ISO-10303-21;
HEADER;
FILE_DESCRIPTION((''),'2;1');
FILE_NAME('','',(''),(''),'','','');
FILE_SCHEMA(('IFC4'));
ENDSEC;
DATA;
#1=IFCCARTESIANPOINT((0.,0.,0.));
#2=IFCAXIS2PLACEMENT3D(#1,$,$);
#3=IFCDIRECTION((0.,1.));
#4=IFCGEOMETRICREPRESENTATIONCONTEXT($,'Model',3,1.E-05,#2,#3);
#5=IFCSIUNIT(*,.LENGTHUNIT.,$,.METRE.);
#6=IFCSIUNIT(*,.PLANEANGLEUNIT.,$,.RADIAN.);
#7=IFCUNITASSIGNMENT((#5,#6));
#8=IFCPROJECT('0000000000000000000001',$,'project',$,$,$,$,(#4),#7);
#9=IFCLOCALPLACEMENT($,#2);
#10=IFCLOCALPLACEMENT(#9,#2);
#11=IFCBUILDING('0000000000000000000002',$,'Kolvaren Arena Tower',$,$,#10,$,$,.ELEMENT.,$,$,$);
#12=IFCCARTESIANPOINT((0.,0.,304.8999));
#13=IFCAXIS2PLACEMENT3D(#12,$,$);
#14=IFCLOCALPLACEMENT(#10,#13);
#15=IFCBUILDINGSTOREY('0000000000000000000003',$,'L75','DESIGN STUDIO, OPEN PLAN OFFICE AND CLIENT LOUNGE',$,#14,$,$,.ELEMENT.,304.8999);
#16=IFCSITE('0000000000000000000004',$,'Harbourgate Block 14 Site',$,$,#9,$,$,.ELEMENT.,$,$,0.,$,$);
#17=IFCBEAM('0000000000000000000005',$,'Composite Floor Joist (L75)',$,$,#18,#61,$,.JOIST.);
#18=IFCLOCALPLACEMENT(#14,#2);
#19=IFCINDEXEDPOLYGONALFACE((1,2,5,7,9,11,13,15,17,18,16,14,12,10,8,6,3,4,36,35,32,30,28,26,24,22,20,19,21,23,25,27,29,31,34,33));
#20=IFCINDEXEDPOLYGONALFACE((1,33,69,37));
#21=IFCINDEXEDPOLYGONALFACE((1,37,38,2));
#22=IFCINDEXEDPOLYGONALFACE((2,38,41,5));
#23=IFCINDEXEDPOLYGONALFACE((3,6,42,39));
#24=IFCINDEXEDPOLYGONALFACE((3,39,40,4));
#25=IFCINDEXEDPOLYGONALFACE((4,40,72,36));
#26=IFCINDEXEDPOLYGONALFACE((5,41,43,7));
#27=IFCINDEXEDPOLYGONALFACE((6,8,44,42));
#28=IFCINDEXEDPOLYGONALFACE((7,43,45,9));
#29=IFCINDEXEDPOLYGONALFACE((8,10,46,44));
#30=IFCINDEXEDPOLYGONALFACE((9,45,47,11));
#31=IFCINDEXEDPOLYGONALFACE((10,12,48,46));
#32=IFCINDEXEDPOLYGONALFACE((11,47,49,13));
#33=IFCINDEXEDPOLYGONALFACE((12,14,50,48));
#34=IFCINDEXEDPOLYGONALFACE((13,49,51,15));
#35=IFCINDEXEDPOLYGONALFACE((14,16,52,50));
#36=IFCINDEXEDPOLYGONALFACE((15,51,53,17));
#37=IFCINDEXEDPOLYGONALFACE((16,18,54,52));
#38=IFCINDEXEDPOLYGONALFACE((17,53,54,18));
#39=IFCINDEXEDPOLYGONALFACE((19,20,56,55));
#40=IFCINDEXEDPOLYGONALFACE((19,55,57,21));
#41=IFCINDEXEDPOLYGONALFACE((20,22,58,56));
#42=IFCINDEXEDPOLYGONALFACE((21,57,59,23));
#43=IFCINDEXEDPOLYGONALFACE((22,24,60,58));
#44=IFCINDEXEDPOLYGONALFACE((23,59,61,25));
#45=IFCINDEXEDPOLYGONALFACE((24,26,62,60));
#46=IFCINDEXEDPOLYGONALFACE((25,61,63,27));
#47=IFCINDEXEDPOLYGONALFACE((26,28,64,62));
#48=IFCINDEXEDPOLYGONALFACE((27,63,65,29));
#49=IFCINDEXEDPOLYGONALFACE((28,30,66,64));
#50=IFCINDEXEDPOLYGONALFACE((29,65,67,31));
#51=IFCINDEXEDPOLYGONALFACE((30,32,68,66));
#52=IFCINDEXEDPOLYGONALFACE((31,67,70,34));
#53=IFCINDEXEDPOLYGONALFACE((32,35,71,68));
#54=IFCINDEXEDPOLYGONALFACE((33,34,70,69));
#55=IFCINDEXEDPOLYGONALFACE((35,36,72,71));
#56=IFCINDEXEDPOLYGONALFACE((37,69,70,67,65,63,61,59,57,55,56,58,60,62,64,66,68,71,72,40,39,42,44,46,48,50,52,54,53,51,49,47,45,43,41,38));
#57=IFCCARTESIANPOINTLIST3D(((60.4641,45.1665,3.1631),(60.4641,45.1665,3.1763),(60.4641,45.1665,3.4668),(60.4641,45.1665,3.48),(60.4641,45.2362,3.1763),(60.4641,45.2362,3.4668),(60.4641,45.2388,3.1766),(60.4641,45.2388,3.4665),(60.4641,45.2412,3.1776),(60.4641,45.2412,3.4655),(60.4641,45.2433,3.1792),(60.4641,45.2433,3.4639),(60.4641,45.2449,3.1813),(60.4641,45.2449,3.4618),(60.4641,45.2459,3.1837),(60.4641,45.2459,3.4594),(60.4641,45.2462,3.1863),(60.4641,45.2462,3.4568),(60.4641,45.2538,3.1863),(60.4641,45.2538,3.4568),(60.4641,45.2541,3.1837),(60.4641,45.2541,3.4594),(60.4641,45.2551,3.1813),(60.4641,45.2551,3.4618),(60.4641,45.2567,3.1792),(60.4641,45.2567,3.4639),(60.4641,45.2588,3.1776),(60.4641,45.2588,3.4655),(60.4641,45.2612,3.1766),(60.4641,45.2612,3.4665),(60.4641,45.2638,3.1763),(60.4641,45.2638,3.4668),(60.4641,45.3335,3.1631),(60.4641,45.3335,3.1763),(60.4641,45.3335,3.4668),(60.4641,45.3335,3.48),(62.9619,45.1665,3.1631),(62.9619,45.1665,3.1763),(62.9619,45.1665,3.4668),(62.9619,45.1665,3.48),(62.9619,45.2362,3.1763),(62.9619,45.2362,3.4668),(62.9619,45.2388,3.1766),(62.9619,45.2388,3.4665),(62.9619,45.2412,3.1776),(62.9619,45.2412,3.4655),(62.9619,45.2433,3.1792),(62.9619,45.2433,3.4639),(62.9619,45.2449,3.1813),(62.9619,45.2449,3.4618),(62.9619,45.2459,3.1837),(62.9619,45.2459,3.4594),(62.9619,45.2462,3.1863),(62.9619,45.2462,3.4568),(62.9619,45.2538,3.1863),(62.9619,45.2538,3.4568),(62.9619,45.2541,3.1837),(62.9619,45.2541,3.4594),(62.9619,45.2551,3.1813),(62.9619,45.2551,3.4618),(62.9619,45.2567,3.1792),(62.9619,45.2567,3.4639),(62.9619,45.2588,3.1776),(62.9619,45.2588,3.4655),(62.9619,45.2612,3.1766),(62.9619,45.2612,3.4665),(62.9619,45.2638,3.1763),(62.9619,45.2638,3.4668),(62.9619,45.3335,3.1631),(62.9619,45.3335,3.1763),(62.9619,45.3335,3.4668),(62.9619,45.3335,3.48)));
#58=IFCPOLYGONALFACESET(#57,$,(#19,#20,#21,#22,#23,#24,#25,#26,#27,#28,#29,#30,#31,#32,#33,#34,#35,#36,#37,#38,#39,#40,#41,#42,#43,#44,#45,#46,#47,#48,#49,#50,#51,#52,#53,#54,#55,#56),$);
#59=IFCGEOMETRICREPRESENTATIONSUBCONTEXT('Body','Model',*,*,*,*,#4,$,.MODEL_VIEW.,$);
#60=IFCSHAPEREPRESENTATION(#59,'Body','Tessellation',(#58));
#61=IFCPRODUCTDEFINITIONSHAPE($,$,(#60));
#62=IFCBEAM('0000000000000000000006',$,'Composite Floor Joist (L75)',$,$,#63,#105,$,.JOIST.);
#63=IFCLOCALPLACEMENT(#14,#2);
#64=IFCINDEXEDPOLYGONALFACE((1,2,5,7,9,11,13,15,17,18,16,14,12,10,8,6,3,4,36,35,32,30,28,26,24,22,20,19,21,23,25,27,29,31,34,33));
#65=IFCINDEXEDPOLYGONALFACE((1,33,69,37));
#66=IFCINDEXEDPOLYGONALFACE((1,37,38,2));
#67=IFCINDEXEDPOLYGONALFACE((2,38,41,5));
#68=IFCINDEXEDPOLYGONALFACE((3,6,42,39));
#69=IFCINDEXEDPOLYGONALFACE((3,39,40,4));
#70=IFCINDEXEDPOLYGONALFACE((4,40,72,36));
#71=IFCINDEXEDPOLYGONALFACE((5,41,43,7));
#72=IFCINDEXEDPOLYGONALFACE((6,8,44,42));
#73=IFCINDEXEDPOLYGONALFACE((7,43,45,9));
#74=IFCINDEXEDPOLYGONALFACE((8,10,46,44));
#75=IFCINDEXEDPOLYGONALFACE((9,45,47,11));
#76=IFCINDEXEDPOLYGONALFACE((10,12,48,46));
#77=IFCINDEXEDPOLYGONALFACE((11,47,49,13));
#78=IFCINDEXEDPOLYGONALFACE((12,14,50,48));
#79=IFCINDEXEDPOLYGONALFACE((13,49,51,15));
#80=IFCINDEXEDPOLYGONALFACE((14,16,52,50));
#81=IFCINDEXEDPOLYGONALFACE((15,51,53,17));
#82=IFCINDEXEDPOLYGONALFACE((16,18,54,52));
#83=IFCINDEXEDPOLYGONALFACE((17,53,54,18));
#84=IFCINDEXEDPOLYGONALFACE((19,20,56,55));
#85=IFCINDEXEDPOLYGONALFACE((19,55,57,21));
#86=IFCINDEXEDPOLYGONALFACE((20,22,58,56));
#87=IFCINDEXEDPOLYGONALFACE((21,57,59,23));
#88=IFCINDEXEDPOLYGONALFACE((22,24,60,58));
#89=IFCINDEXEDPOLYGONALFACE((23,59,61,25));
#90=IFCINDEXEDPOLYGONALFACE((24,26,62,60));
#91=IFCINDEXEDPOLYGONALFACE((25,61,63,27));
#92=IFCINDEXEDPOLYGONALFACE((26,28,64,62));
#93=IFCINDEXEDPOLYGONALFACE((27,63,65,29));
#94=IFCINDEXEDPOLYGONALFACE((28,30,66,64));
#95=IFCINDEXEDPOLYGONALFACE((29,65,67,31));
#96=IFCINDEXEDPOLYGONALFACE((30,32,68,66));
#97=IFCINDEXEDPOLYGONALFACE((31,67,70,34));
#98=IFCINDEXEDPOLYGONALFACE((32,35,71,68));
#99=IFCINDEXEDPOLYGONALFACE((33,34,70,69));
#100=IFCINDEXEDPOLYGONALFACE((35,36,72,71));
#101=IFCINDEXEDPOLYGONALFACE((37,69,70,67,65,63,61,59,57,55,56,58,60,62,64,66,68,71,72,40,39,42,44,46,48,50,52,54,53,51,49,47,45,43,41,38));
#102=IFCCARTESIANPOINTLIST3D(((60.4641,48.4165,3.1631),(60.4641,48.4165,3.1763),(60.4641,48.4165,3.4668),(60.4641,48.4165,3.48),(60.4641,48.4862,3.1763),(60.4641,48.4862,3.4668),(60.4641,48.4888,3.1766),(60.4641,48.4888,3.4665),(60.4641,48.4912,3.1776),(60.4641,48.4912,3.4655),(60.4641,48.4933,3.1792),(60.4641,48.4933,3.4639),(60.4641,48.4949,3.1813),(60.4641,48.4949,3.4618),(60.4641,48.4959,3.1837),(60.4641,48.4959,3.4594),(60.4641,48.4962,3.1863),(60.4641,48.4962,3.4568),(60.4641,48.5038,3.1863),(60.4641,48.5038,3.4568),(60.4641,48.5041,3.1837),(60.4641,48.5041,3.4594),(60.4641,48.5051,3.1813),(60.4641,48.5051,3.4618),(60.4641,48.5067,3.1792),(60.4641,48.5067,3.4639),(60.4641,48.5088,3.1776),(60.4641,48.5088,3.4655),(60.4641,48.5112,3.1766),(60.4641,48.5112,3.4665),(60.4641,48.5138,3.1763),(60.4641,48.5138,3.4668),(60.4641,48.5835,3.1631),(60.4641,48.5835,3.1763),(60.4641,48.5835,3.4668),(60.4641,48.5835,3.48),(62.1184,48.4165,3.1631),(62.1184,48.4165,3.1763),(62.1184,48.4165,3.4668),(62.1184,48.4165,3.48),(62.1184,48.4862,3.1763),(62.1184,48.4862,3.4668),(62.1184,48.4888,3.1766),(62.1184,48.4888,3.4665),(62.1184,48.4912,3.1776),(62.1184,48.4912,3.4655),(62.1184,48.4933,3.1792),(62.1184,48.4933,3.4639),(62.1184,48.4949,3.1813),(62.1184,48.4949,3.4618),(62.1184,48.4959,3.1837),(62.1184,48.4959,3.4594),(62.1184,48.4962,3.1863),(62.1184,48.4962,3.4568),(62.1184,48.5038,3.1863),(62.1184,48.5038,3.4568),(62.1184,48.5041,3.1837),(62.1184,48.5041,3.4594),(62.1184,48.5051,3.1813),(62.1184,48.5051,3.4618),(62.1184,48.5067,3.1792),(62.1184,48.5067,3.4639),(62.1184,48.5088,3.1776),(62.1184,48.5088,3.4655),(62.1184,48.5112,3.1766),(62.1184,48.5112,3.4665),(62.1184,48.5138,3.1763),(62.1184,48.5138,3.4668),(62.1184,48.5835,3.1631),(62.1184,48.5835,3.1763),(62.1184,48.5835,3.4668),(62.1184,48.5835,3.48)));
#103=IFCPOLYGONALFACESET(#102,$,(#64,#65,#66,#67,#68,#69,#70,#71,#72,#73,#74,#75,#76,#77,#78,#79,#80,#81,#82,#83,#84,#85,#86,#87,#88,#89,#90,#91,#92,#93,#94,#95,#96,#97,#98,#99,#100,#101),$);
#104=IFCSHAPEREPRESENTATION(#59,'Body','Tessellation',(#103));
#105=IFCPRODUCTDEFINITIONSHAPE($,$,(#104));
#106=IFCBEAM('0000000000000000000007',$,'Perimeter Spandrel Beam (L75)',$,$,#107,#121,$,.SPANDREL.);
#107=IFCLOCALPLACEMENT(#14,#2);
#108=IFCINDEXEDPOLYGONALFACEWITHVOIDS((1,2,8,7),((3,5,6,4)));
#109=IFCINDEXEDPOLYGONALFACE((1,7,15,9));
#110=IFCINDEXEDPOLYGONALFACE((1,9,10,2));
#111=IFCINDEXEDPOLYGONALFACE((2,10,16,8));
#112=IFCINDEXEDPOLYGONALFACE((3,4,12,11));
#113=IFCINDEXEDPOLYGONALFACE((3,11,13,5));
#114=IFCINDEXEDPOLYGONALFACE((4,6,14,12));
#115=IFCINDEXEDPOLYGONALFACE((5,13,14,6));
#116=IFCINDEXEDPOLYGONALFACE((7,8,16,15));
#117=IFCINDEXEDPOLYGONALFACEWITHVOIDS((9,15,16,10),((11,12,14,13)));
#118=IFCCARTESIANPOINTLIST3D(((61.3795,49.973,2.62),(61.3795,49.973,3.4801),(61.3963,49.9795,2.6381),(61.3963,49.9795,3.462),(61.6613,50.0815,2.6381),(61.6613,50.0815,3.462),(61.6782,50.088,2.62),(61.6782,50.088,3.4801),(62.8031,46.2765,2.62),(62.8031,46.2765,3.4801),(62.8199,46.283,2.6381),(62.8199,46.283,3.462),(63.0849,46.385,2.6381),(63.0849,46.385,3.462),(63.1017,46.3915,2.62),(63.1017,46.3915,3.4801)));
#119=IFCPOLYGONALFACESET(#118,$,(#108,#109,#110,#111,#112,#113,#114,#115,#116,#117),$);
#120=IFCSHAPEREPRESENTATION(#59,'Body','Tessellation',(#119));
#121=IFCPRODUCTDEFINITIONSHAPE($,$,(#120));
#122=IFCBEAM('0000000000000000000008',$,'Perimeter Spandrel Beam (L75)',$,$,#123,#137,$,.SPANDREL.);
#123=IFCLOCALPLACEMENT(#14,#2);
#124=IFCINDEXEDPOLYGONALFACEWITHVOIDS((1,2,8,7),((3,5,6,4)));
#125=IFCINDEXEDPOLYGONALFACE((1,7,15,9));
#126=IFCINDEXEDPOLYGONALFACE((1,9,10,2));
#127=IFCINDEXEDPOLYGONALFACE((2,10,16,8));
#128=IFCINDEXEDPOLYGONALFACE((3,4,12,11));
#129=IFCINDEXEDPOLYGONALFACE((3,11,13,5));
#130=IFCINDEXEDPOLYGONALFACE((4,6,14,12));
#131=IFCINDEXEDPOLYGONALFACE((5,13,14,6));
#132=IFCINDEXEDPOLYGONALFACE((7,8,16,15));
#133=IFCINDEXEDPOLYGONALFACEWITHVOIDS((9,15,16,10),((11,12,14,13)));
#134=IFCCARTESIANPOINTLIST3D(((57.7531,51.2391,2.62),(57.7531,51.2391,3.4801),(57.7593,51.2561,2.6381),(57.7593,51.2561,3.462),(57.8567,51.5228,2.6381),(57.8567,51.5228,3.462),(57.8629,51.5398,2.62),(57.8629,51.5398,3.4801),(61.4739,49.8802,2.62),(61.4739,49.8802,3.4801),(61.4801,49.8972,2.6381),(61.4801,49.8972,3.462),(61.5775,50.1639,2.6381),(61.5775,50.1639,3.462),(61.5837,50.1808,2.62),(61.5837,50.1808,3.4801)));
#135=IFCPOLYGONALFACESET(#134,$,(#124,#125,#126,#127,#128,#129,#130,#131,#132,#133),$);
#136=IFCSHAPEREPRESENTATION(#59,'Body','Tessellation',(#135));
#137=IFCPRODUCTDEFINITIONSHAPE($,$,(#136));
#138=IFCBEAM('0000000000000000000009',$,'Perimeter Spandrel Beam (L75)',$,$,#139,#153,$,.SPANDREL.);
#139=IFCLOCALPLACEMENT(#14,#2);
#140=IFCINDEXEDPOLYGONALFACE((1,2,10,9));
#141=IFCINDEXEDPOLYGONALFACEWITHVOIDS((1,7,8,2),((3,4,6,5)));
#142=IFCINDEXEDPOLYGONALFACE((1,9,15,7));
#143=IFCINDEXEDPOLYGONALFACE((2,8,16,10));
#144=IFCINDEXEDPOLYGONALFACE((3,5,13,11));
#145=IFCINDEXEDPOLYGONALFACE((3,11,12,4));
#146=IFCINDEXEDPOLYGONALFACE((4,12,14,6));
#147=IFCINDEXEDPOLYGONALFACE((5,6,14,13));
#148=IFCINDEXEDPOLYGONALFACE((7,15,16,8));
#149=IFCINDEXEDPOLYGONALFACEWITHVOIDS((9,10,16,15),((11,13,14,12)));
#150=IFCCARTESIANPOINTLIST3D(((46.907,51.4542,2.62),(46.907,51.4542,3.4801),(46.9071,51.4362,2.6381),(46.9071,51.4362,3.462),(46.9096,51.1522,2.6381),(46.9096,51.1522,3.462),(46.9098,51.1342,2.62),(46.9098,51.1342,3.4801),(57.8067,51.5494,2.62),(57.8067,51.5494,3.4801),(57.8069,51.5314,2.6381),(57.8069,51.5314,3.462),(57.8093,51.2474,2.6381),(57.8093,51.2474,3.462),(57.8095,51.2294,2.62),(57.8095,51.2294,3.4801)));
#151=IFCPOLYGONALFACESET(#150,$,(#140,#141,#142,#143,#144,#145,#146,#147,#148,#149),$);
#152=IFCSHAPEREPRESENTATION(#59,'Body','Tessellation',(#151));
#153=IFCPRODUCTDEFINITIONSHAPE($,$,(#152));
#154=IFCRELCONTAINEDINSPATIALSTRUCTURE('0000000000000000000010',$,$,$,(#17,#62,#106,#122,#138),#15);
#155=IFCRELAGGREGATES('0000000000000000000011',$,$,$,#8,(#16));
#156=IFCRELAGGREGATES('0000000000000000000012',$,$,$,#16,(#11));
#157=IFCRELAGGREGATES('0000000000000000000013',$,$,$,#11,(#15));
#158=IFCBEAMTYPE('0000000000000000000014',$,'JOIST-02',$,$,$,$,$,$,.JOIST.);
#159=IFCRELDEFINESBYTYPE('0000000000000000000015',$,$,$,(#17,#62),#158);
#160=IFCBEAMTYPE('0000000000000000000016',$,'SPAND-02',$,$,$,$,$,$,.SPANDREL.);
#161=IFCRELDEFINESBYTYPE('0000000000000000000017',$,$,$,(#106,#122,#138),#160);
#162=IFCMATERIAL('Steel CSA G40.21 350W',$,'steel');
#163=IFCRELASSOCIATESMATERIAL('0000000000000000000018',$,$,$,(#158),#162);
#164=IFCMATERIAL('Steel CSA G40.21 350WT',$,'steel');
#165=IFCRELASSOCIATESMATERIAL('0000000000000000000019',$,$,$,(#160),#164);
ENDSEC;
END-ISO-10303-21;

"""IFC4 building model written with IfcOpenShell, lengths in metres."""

from ifc_helpers import new_model, si_unit, direction, frame, origin, origin_2d, place, context, subcontext, project, spatial, hollow_rectangle, i_section, extrude, material, material_profile, profile_set, type_object, element, save


model = new_model("IFC4")

# Units and contexts
model_context = context("Model", 3, precision=1e-05, world=origin(), true_north=direction((0.0, 1.0)))
body_context = subcontext(model_context, "Body", "Model", "MODEL_VIEW")
ifc_project = project(units=[si_unit("LENGTHUNIT", "METRE"), si_unit("PLANEANGLEUNIT", "RADIAN")], contexts=[model_context])

# Site, building, storey
site_placement = place(None, origin())
site = spatial("IfcSite", under=ifc_project, at=site_placement, Name="Harbourgate Block 14 Site", CompositionType="ELEMENT", RefElevation=0.0)
building_placement = place(site_placement, origin())
building = spatial("IfcBuilding", under=site, at=building_placement, Name="Kolvaren Arena Tower", CompositionType="ELEMENT")
storey_placement = place(building_placement, frame((0.0, 0.0, 304.8999)))
storey = spatial("IfcBuildingStorey", under=building, at=storey_placement, Name="L75", Description="DESIGN STUDIO, OPEN PLAN OFFICE AND CLIENT LOUNGE", CompositionType="ELEMENT", Elevation=304.8999)

# Beams
ifc_material_1 = material(Name="Steel CSA G40.21 350W", Category="steel")
ifc_material_profile_1 = material_profile(ifc_material_1, i_section(OverallWidth=0.167, OverallDepth=0.3169, WebThickness=0.0076, FlangeThickness=0.0132, FilletRadius=0.01, at=origin_2d()), Name="W310x52")
ifc_profile_set_1 = profile_set([ifc_material_profile_1], Name="Steel CSA G40.21 350W")
beam_type_1 = type_object("IfcBeamType", Name="JOIST-02", PredefinedType="JOIST", material=ifc_profile_set_1)
beam_1_placement = place(storey_placement, frame((60.4641, 45.25, 3.3215), z_axis=(1.0, 0.0, 0.0), x_axis=(0.0, 1.0, 0.0)))
element("IfcBeam", 1, at=beam_1_placement, inside=storey, type_object=beam_type_1, Name="Composite Floor Joist (L75)", PredefinedType="JOIST", context=body_context, shape_type="SweptSolid", body=[
    extrude(i_section(OverallWidth=0.167, OverallDepth=0.3169, WebThickness=0.0076, FlangeThickness=0.0132, FilletRadius=0.01, at=origin_2d()), origin(), (0.0, 0.0, 1.0), 2.4978),
])
beam_2_placement = place(storey_placement, frame((60.4641, 48.5, 3.3215), z_axis=(1.0, 0.0, 0.0), x_axis=(0.0, 1.0, 0.0)))
element("IfcBeam", 2, at=beam_2_placement, inside=storey, type_object=beam_type_1, Name="Composite Floor Joist (L75)", PredefinedType="JOIST", context=body_context, shape_type="SweptSolid", body=[
    extrude(i_section(OverallWidth=0.167, OverallDepth=0.3169, WebThickness=0.0076, FlangeThickness=0.0132, FilletRadius=0.01, at=origin_2d()), origin(), (0.0, 0.0, 1.0), 1.6543),
])
ifc_material_2 = material(Name="Steel CSA G40.21 350WT", Category="steel")
ifc_material_profile_2 = material_profile(ifc_material_2, hollow_rectangle(XDim=0.3201, YDim=0.8601, WallThickness=0.0181, at=origin_2d()), Name="HSS 860x320x18")
ifc_profile_set_2 = profile_set([ifc_material_profile_2], Name="Steel CSA G40.21 350WT")
beam_type_2 = type_object("IfcBeamType", Name="SPAND-02", PredefinedType="SPANDREL", material=ifc_profile_set_2)
for number, where, z_axis, x_axis, name in (
    (3, (62.9524, 46.334, 3.05), (-0.359384, 0.93319, 0.0), (-0.93319, -0.359384, 0.0), "Perimeter Spandrel Beam (L75)"),
    (4, (61.5288, 50.0305, 3.05), (-0.939314, 0.343059, 0.0), (-0.343059, -0.939314, 0.0), "Perimeter Spandrel Beam (L75)"),
):
    element("IfcBeam", number, at=place(storey_placement, frame(where, z_axis=z_axis, x_axis=x_axis)), inside=storey, type_object=beam_type_2, Name=name, PredefinedType="SPANDREL", context=body_context, shape_type="SweptSolid", body=[
        extrude(hollow_rectangle(XDim=0.3201, YDim=0.8601, WallThickness=0.0181, at=origin_2d()), origin(), (0.0, 0.0, 1.0), 3.9612),
    ])
beam_3_placement = place(storey_placement, frame((57.8081, 51.3894, 3.05), z_axis=(-0.999962, -0.008735, 0.0), x_axis=(0.008735, -0.999962, 0.0)))
element("IfcBeam", 5, at=beam_3_placement, inside=storey, type_object=beam_type_2, Name="Perimeter Spandrel Beam (L75)", PredefinedType="SPANDREL", context=body_context, shape_type="SweptSolid", body=[
    extrude(hollow_rectangle(XDim=0.3201, YDim=0.8601, WallThickness=0.0181, at=origin_2d()), origin(), (0.0, 0.0, 1.0), 10.9001),
])

save(model, "model.ifc")
